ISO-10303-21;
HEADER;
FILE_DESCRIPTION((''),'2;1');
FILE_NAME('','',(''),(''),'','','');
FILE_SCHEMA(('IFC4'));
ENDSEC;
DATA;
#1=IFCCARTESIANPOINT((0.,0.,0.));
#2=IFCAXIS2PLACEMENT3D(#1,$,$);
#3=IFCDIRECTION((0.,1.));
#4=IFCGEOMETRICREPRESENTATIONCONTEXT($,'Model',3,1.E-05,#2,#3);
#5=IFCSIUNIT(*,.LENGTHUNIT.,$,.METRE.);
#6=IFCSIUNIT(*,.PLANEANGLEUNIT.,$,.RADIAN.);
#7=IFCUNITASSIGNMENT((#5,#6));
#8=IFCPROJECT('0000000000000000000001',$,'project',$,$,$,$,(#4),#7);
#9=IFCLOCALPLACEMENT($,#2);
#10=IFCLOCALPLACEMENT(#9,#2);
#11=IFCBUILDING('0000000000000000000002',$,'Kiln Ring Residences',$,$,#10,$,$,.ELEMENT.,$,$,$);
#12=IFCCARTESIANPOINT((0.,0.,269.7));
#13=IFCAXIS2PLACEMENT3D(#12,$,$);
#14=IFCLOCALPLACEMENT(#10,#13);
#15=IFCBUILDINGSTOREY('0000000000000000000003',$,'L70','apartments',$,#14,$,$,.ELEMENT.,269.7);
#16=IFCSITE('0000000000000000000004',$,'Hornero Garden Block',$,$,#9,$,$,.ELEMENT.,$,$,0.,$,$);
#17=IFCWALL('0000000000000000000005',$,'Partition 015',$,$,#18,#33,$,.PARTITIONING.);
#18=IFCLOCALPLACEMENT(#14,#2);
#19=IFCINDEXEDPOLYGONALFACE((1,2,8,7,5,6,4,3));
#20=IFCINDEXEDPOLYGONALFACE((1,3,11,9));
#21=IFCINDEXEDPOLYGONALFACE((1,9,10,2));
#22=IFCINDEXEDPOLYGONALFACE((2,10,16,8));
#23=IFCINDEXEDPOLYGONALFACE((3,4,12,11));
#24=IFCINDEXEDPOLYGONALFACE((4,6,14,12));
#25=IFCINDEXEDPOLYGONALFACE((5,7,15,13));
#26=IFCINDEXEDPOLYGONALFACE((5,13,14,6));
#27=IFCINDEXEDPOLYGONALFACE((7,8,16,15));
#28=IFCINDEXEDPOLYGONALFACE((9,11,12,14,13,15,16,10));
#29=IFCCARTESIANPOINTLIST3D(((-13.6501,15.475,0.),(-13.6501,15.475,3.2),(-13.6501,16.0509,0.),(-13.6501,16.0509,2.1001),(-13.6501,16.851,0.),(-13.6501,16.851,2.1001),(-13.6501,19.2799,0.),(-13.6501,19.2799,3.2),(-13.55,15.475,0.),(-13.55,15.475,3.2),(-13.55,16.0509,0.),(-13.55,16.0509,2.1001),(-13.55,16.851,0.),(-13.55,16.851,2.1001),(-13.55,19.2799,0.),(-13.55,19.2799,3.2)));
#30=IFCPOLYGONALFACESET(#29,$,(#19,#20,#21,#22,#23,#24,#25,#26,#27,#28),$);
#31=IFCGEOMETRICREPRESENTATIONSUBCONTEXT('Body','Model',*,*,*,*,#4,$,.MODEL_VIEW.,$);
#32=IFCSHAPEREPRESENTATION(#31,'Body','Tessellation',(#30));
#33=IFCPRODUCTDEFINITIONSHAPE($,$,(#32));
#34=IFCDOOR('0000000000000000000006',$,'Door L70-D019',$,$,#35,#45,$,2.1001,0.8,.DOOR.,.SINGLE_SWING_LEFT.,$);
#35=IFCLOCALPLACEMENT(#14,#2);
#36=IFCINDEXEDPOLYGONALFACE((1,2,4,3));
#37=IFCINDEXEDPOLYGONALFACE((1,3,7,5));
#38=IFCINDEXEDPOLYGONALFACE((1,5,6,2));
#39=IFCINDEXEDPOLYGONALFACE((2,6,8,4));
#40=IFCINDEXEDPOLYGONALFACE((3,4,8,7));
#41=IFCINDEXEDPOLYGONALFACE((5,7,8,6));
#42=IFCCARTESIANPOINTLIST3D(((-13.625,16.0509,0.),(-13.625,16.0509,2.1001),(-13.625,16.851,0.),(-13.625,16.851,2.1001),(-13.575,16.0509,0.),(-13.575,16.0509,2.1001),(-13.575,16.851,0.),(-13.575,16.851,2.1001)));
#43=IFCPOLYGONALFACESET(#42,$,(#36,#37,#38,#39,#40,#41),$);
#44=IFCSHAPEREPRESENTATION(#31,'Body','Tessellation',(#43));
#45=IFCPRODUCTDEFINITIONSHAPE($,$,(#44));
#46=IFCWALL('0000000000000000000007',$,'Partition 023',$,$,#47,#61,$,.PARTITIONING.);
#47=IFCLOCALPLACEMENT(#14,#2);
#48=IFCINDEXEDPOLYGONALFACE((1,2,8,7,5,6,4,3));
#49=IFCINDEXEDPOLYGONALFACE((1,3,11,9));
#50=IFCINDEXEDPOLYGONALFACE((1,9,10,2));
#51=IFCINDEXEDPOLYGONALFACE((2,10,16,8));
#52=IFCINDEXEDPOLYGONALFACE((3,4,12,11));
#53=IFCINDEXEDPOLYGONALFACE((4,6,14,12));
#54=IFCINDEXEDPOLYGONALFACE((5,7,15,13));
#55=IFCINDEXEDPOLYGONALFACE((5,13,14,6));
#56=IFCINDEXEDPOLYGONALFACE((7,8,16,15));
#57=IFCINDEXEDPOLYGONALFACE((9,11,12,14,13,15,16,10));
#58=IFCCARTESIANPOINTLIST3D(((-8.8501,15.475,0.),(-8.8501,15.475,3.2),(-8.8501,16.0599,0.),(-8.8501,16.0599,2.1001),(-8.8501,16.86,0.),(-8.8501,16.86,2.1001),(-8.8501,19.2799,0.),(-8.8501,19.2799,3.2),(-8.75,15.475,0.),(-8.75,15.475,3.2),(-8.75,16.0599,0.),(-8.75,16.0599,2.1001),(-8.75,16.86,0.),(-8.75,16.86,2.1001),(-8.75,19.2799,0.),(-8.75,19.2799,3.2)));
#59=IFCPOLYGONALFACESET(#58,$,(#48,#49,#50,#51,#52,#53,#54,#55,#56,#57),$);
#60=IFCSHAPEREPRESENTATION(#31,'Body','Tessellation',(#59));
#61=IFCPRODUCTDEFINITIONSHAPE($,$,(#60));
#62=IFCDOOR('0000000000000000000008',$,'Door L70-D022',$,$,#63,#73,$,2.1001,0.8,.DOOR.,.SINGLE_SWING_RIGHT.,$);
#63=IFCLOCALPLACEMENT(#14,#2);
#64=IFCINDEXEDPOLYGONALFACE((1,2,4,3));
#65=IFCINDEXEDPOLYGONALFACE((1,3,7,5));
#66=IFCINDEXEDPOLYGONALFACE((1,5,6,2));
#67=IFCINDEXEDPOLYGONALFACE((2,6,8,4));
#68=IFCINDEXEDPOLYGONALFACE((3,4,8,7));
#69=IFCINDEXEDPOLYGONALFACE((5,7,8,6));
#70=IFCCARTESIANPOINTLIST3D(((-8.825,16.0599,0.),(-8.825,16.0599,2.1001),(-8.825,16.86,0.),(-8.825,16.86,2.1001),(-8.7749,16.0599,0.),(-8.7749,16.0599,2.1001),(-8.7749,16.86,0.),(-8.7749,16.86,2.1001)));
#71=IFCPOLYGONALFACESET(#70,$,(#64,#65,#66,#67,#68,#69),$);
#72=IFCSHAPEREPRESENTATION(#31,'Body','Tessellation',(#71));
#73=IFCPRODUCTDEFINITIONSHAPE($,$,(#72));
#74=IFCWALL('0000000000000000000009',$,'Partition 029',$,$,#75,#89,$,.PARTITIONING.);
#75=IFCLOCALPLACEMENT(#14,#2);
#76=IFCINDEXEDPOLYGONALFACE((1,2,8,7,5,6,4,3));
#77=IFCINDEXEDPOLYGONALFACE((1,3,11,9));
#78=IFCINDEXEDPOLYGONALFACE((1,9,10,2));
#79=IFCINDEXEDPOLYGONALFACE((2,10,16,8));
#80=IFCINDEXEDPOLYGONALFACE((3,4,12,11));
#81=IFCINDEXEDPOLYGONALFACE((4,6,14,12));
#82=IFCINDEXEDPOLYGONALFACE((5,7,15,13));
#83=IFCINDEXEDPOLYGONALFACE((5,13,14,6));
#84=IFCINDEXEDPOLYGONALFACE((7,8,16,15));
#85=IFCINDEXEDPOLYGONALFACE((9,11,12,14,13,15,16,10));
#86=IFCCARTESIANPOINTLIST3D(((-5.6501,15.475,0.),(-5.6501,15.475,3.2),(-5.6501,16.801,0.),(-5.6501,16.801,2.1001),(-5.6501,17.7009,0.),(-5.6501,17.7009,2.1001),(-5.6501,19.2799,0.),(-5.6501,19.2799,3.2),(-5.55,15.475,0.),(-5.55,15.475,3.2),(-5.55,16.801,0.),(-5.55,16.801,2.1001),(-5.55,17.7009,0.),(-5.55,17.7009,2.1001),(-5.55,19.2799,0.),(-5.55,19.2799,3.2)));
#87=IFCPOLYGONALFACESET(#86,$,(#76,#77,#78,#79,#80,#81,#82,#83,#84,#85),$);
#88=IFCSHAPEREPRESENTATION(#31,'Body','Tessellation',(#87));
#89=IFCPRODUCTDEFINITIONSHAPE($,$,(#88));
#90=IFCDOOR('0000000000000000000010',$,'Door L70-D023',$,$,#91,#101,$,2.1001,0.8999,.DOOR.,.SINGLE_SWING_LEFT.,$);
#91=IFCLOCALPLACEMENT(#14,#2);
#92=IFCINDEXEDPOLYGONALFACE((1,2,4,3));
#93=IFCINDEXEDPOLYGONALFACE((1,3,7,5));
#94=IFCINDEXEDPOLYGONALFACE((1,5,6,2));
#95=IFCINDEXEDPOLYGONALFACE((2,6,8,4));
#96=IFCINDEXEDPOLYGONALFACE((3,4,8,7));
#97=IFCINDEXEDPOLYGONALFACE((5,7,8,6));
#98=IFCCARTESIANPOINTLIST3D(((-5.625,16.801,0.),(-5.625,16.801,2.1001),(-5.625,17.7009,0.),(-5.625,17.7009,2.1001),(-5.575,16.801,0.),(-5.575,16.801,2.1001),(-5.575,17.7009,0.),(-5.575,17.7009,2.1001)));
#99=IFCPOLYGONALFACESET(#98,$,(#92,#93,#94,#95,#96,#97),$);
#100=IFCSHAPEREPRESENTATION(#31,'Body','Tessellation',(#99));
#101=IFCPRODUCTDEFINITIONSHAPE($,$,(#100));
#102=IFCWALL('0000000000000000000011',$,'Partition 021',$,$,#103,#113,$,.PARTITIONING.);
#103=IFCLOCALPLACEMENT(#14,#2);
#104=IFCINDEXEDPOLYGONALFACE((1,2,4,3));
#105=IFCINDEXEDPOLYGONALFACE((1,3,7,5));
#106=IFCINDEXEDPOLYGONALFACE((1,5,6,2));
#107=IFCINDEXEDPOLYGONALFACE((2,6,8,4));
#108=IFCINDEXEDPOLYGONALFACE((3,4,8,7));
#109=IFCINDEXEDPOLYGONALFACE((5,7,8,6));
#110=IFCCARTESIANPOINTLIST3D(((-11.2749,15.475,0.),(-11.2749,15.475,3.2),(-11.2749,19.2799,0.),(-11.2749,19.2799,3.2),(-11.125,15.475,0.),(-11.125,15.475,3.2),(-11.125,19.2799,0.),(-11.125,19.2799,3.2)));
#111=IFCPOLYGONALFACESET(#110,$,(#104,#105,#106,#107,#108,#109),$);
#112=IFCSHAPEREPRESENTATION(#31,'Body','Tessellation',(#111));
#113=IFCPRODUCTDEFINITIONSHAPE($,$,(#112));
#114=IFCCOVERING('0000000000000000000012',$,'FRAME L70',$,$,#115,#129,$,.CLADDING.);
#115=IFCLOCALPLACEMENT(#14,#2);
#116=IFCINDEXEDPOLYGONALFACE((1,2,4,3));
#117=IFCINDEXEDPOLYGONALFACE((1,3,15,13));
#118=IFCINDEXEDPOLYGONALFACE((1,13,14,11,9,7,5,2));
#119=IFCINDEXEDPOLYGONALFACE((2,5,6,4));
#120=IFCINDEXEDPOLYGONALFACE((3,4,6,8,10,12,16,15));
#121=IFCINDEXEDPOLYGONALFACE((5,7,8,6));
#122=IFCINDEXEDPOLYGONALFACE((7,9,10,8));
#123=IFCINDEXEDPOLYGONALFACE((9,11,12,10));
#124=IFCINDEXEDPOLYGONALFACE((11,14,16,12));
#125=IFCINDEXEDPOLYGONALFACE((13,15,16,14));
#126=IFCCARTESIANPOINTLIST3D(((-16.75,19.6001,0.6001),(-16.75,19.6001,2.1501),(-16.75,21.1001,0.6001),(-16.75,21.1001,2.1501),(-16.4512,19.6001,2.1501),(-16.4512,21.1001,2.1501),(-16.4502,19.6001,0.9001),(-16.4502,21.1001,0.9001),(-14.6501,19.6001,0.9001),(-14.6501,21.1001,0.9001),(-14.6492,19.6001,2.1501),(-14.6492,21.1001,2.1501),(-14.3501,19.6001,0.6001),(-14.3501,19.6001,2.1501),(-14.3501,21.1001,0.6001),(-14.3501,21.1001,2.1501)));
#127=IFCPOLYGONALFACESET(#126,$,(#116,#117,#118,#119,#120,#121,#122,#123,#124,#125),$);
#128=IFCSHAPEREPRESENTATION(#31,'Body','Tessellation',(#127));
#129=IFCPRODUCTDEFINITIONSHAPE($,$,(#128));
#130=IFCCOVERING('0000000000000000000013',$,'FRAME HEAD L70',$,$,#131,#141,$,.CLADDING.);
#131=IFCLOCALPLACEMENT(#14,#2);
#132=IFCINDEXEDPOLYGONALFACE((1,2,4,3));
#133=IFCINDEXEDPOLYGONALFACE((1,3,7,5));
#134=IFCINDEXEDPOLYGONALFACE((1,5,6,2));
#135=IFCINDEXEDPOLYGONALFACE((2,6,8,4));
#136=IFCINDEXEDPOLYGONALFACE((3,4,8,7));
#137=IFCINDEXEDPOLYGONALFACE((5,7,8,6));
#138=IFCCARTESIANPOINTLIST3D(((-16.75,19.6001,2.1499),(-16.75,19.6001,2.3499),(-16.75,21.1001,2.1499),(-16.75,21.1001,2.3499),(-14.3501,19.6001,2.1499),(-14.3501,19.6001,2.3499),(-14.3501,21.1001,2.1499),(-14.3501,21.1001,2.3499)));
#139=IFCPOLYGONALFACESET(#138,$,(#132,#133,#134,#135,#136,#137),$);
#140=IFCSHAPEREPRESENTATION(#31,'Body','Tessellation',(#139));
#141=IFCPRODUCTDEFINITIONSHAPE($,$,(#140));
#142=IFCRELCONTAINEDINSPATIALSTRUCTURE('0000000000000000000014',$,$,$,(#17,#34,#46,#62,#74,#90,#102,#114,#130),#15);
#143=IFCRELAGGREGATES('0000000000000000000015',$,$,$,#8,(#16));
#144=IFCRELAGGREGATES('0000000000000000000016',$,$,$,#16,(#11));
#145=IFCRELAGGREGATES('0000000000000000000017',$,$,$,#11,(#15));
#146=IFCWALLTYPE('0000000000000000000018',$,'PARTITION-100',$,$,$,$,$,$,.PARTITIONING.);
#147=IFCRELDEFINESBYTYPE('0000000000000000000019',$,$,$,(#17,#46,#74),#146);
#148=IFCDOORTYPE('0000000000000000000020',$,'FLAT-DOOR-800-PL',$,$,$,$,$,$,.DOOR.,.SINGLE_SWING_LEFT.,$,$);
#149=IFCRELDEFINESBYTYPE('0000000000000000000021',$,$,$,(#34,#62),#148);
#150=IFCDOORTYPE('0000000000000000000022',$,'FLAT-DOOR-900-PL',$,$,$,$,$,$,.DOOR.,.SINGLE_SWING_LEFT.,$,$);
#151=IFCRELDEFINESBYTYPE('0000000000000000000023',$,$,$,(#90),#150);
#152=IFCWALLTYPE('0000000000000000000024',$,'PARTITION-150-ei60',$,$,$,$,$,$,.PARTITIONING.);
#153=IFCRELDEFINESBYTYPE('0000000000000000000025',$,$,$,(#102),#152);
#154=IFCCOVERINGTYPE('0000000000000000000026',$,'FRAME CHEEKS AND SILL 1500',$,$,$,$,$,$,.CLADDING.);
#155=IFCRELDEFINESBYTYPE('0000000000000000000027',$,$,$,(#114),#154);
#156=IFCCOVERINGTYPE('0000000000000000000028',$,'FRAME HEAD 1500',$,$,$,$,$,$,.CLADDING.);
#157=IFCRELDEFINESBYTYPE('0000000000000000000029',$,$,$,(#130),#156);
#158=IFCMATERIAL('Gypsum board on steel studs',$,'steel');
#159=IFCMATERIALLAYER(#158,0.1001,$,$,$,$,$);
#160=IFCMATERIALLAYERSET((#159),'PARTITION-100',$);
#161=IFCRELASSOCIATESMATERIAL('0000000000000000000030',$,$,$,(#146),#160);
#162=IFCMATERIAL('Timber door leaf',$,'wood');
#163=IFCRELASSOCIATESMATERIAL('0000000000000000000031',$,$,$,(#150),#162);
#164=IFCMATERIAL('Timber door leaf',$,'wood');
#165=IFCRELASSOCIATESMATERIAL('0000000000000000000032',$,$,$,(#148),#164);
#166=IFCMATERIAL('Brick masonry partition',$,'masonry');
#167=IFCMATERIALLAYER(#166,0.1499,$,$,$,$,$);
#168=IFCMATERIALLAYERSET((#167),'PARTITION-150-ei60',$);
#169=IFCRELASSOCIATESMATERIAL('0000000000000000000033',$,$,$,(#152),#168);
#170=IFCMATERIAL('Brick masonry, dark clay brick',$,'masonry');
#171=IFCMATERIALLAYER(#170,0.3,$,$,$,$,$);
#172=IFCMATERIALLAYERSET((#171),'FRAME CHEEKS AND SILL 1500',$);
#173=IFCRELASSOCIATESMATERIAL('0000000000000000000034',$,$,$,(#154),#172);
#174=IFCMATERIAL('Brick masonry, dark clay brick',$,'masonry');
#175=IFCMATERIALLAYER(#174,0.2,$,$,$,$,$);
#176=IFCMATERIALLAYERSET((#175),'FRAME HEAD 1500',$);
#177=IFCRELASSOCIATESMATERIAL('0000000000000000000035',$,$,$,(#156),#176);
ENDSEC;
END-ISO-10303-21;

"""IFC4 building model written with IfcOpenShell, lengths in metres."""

from ifc_helpers import new_model, si_unit, direction, frame, frame_2d, origin, origin_2d, place, context, subcontext, project, spatial, polyline, rectangle, outline, extrude, material, layer, layer_set, type_object, element, fill, save


model = new_model("IFC4")

# Units and contexts
model_context = context("Model", 3, precision=1e-05, world=origin(), true_north=direction((0.0, 1.0)))
body_context = subcontext(model_context, "Body", "Model", "MODEL_VIEW")
ifc_project = project(units=[si_unit("LENGTHUNIT", "METRE"), si_unit("PLANEANGLEUNIT", "RADIAN")], contexts=[model_context])

# Site, building, storey
site_placement = place(None, origin())
site = spatial("IfcSite", under=ifc_project, at=site_placement, Name="Hornero Garden Block", CompositionType="ELEMENT", RefElevation=0.0)
building_placement = place(site_placement, origin())
building = spatial("IfcBuilding", under=site, at=building_placement, Name="Kiln Ring Residences", CompositionType="ELEMENT")
storey_placement = place(building_placement, frame((0.0, 0.0, 269.7)))
storey = spatial("IfcBuildingStorey", under=building, at=storey_placement, Name="L70", Description="apartments", CompositionType="ELEMENT", Elevation=269.7)

# Walls, openings, doors
ifc_material_1 = material(Name="Gypsum board on steel studs", Category="steel")
ifc_layer_1 = layer(ifc_material_1, 0.1001)
ifc_layer_set_1 = layer_set([ifc_layer_1], Name="PARTITION-100")
wall_type_1 = type_object("IfcWallType", Name="PARTITION-100", PredefinedType="PARTITIONING", material=ifc_layer_set_1)
ifc_material_2 = material(Name="Timber door leaf", Category="wood")
door_type_1 = type_object("IfcDoorType", Name="FLAT-DOOR-900-PL", OperationType="SINGLE_SWING_LEFT", PredefinedType="DOOR", material=ifc_material_2)
wall_1_placement = place(storey_placement, frame((-13.6001, 15.4751, 0.0), z_axis=(0.0, 0.0, 1.0), x_axis=(0.0, 1.0, 0.0)))
wall_1 = element("IfcWall", 1, at=wall_1_placement, inside=storey, type_object=wall_type_1, Name="Partition 015", PredefinedType="PARTITIONING", context=body_context, shape_type="SweptSolid", body=[
    extrude(rectangle(XDim=3.8049, YDim=0.1001, at=frame_2d((1.9023, 0.0))), origin(), (0.0, 0.0, 1.0), 3.2),
])
opening_1_placement = place(wall_1_placement, frame((0.5759, 0.0, 0.0)))
opening_1 = element("IfcOpeningElement", 2, at=opening_1_placement, cuts=wall_1, PredefinedType="OPENING", context=body_context, shape_type="SweptSolid", body=[
    extrude(rectangle(XDim=0.8, YDim=2.1001, at=frame_2d((0.3999, 1.05))), frame((0.0, 0.0601, 0.0), z_axis=(0.0, -1.0, 0.0), x_axis=(1.0, 0.0, 0.0)), (0.0, 0.0, 1.0), 0.1201),
])
ifc_material_3 = material(Name="Timber door leaf", Category="wood")
door_type_2 = type_object("IfcDoorType", Name="FLAT-DOOR-800-PL", OperationType="SINGLE_SWING_LEFT", PredefinedType="DOOR", material=ifc_material_3)
door_1_placement = place(opening_1_placement, origin())
door_1 = element("IfcDoor", 3, at=door_1_placement, inside=storey, type_object=door_type_2, Name="Door L70-D019", OperationType="SINGLE_SWING_LEFT", OverallHeight=2.1001, OverallWidth=0.8, PredefinedType="DOOR", context=body_context, shape_type="SweptSolid", body=[
    extrude(rectangle(XDim=0.8, YDim=2.1001, at=frame_2d((0.3999, 1.05))), frame((0.0, 0.0249, 0.0), z_axis=(0.0, -1.0, 0.0), x_axis=(1.0, 0.0, 0.0)), (0.0, 0.0, 1.0), 0.05),
])
fill(opening_1, door_1)
wall_2_placement = place(storey_placement, frame((-8.8, 15.4751, 0.0), z_axis=(0.0, 0.0, 1.0), x_axis=(0.0, 1.0, 0.0)))
wall_2 = element("IfcWall", 4, at=wall_2_placement, inside=storey, type_object=wall_type_1, Name="Partition 023", PredefinedType="PARTITIONING", context=body_context, shape_type="SweptSolid", body=[
    extrude(rectangle(XDim=3.8049, YDim=0.1001, at=frame_2d((1.9023, 0.0))), origin(), (0.0, 0.0, 1.0), 3.2),
])
opening_2_placement = place(wall_2_placement, frame((0.585, 0.0, 0.0)))
opening_2 = element("IfcOpeningElement", 5, at=opening_2_placement, cuts=wall_2, PredefinedType="OPENING", context=body_context, shape_type="SweptSolid", body=[
    extrude(rectangle(XDim=0.8, YDim=2.1001, at=frame_2d((0.3999, 1.05))), frame((0.0, 0.0601, 0.0), z_axis=(0.0, -1.0, 0.0), x_axis=(1.0, 0.0, 0.0)), (0.0, 0.0, 1.0), 0.1201),
])
door_2_placement = place(opening_2_placement, origin())
door_2 = element("IfcDoor", 6, at=door_2_placement, inside=storey, type_object=door_type_2, Name="Door L70-D022", OperationType="SINGLE_SWING_RIGHT", OverallHeight=2.1001, OverallWidth=0.8, PredefinedType="DOOR", context=body_context, shape_type="SweptSolid", body=[
    extrude(rectangle(XDim=0.8, YDim=2.1001, at=frame_2d((0.3999, 1.05))), frame((0.0, 0.0249, 0.0), z_axis=(0.0, -1.0, 0.0), x_axis=(1.0, 0.0, 0.0)), (0.0, 0.0, 1.0), 0.05),
])
fill(opening_2, door_2)
wall_3_placement = place(storey_placement, frame((-5.6001, 15.4751, 0.0), z_axis=(0.0, 0.0, 1.0), x_axis=(0.0, 1.0, 0.0)))
wall_3 = element("IfcWall", 7, at=wall_3_placement, inside=storey, type_object=wall_type_1, Name="Partition 029", PredefinedType="PARTITIONING", context=body_context, shape_type="SweptSolid", body=[
    extrude(rectangle(XDim=3.8049, YDim=0.1001, at=frame_2d((1.9023, 0.0))), origin(), (0.0, 0.0, 1.0), 3.2),
])
opening_3_placement = place(wall_3_placement, frame((1.3259, 0.0, 0.0)))
opening_3 = element("IfcOpeningElement", 8, at=opening_3_placement, cuts=wall_3, PredefinedType="OPENING", context=body_context, shape_type="SweptSolid", body=[
    extrude(rectangle(XDim=0.8999, YDim=2.1001, at=frame_2d((0.45, 1.05))), frame((0.0, 0.0601, 0.0), z_axis=(0.0, -1.0, 0.0), x_axis=(1.0, 0.0, 0.0)), (0.0, 0.0, 1.0), 0.1201),
])
door_3_placement = place(opening_3_placement, origin())
door_3 = element("IfcDoor", 9, at=door_3_placement, inside=storey, type_object=door_type_1, Name="Door L70-D023", OperationType="SINGLE_SWING_LEFT", OverallHeight=2.1001, OverallWidth=0.8999, PredefinedType="DOOR", context=body_context, shape_type="SweptSolid", body=[
    extrude(rectangle(XDim=0.8999, YDim=2.1001, at=frame_2d((0.45, 1.05))), frame((0.0, 0.0249, 0.0), z_axis=(0.0, -1.0, 0.0), x_axis=(1.0, 0.0, 0.0)), (0.0, 0.0, 1.0), 0.05),
])
fill(opening_3, door_3)

# Wall
ifc_material_4 = material(Name="Brick masonry partition", Category="masonry")
ifc_layer_2 = layer(ifc_material_4, 0.1499)
ifc_layer_set_2 = layer_set([ifc_layer_2], Name="PARTITION-150-ei60")
wall_type_2 = type_object("IfcWallType", Name="PARTITION-150-ei60", PredefinedType="PARTITIONING", material=ifc_layer_set_2)
wall_4_placement = place(storey_placement, frame((-11.2, 15.4751, 0.0), z_axis=(0.0, 0.0, 1.0), x_axis=(0.0, 1.0, 0.0)))
element("IfcWall", 10, at=wall_4_placement, inside=storey, type_object=wall_type_2, Name="Partition 021", PredefinedType="PARTITIONING", context=body_context, shape_type="SweptSolid", body=[
    extrude(rectangle(XDim=3.8049, YDim=0.1499, at=frame_2d((1.9023, 0.0))), origin(), (0.0, 0.0, 1.0), 3.2),
])

# Coverings
ifc_material_5 = material(Name="Brick masonry, dark clay brick", Category="masonry")
ifc_layer_3 = layer(ifc_material_5, 0.3)
ifc_layer_set_3 = layer_set([ifc_layer_3], Name="FRAME CHEEKS AND SILL 1500")
covering_type_1 = type_object("IfcCoveringType", Name="FRAME CHEEKS AND SILL 1500", PredefinedType="CLADDING", material=ifc_layer_set_3)
covering_1_placement = place(storey_placement, frame((-14.3501, 20.3501, 0.6001), z_axis=(0.0, 0.0, 1.0), x_axis=(-1.0, 0.0, 0.0)))
element("IfcCovering", 11, at=covering_1_placement, inside=storey, type_object=covering_type_1, Name="FRAME L70", PredefinedType="CLADDING", context=body_context, shape_type="SweptSolid", body=[
    extrude(outline(polyline([(0.0, 0.0), (2.3999, 0.0), (2.3999, 1.55), (2.1011, 1.55), (2.1001, 0.3), (0.3, 0.3), (0.2991, 1.55), (0.0, 1.55), (0.0, 0.0)])), frame((0.0, 0.75, 0.0), z_axis=(0.0, -1.0, 0.0), x_axis=(1.0, 0.0, 0.0)), (0.0, 0.0, 1.0), 1.5),
])
ifc_material_6 = material(Name="Brick masonry, dark clay brick", Category="masonry")
ifc_layer_4 = layer(ifc_material_6, 0.2)
ifc_layer_set_4 = layer_set([ifc_layer_4], Name="FRAME HEAD 1500")
covering_type_2 = type_object("IfcCoveringType", Name="FRAME HEAD 1500", PredefinedType="CLADDING", material=ifc_layer_set_4)
covering_2_placement = place(storey_placement, frame((-15.55, 20.3501, 2.1499), z_axis=(0.0, 0.0, 1.0), x_axis=(-1.0, 0.0, 0.0)))
element("IfcCovering", 12, at=covering_2_placement, inside=storey, type_object=covering_type_2, Name="FRAME HEAD L70", PredefinedType="CLADDING", context=body_context, shape_type="SweptSolid", body=[
    extrude(rectangle(XDim=2.3999, YDim=1.5, at=origin_2d()), origin(), (0.0, 0.0, 1.0), 0.2),
])

save(model, "model.ifc")
